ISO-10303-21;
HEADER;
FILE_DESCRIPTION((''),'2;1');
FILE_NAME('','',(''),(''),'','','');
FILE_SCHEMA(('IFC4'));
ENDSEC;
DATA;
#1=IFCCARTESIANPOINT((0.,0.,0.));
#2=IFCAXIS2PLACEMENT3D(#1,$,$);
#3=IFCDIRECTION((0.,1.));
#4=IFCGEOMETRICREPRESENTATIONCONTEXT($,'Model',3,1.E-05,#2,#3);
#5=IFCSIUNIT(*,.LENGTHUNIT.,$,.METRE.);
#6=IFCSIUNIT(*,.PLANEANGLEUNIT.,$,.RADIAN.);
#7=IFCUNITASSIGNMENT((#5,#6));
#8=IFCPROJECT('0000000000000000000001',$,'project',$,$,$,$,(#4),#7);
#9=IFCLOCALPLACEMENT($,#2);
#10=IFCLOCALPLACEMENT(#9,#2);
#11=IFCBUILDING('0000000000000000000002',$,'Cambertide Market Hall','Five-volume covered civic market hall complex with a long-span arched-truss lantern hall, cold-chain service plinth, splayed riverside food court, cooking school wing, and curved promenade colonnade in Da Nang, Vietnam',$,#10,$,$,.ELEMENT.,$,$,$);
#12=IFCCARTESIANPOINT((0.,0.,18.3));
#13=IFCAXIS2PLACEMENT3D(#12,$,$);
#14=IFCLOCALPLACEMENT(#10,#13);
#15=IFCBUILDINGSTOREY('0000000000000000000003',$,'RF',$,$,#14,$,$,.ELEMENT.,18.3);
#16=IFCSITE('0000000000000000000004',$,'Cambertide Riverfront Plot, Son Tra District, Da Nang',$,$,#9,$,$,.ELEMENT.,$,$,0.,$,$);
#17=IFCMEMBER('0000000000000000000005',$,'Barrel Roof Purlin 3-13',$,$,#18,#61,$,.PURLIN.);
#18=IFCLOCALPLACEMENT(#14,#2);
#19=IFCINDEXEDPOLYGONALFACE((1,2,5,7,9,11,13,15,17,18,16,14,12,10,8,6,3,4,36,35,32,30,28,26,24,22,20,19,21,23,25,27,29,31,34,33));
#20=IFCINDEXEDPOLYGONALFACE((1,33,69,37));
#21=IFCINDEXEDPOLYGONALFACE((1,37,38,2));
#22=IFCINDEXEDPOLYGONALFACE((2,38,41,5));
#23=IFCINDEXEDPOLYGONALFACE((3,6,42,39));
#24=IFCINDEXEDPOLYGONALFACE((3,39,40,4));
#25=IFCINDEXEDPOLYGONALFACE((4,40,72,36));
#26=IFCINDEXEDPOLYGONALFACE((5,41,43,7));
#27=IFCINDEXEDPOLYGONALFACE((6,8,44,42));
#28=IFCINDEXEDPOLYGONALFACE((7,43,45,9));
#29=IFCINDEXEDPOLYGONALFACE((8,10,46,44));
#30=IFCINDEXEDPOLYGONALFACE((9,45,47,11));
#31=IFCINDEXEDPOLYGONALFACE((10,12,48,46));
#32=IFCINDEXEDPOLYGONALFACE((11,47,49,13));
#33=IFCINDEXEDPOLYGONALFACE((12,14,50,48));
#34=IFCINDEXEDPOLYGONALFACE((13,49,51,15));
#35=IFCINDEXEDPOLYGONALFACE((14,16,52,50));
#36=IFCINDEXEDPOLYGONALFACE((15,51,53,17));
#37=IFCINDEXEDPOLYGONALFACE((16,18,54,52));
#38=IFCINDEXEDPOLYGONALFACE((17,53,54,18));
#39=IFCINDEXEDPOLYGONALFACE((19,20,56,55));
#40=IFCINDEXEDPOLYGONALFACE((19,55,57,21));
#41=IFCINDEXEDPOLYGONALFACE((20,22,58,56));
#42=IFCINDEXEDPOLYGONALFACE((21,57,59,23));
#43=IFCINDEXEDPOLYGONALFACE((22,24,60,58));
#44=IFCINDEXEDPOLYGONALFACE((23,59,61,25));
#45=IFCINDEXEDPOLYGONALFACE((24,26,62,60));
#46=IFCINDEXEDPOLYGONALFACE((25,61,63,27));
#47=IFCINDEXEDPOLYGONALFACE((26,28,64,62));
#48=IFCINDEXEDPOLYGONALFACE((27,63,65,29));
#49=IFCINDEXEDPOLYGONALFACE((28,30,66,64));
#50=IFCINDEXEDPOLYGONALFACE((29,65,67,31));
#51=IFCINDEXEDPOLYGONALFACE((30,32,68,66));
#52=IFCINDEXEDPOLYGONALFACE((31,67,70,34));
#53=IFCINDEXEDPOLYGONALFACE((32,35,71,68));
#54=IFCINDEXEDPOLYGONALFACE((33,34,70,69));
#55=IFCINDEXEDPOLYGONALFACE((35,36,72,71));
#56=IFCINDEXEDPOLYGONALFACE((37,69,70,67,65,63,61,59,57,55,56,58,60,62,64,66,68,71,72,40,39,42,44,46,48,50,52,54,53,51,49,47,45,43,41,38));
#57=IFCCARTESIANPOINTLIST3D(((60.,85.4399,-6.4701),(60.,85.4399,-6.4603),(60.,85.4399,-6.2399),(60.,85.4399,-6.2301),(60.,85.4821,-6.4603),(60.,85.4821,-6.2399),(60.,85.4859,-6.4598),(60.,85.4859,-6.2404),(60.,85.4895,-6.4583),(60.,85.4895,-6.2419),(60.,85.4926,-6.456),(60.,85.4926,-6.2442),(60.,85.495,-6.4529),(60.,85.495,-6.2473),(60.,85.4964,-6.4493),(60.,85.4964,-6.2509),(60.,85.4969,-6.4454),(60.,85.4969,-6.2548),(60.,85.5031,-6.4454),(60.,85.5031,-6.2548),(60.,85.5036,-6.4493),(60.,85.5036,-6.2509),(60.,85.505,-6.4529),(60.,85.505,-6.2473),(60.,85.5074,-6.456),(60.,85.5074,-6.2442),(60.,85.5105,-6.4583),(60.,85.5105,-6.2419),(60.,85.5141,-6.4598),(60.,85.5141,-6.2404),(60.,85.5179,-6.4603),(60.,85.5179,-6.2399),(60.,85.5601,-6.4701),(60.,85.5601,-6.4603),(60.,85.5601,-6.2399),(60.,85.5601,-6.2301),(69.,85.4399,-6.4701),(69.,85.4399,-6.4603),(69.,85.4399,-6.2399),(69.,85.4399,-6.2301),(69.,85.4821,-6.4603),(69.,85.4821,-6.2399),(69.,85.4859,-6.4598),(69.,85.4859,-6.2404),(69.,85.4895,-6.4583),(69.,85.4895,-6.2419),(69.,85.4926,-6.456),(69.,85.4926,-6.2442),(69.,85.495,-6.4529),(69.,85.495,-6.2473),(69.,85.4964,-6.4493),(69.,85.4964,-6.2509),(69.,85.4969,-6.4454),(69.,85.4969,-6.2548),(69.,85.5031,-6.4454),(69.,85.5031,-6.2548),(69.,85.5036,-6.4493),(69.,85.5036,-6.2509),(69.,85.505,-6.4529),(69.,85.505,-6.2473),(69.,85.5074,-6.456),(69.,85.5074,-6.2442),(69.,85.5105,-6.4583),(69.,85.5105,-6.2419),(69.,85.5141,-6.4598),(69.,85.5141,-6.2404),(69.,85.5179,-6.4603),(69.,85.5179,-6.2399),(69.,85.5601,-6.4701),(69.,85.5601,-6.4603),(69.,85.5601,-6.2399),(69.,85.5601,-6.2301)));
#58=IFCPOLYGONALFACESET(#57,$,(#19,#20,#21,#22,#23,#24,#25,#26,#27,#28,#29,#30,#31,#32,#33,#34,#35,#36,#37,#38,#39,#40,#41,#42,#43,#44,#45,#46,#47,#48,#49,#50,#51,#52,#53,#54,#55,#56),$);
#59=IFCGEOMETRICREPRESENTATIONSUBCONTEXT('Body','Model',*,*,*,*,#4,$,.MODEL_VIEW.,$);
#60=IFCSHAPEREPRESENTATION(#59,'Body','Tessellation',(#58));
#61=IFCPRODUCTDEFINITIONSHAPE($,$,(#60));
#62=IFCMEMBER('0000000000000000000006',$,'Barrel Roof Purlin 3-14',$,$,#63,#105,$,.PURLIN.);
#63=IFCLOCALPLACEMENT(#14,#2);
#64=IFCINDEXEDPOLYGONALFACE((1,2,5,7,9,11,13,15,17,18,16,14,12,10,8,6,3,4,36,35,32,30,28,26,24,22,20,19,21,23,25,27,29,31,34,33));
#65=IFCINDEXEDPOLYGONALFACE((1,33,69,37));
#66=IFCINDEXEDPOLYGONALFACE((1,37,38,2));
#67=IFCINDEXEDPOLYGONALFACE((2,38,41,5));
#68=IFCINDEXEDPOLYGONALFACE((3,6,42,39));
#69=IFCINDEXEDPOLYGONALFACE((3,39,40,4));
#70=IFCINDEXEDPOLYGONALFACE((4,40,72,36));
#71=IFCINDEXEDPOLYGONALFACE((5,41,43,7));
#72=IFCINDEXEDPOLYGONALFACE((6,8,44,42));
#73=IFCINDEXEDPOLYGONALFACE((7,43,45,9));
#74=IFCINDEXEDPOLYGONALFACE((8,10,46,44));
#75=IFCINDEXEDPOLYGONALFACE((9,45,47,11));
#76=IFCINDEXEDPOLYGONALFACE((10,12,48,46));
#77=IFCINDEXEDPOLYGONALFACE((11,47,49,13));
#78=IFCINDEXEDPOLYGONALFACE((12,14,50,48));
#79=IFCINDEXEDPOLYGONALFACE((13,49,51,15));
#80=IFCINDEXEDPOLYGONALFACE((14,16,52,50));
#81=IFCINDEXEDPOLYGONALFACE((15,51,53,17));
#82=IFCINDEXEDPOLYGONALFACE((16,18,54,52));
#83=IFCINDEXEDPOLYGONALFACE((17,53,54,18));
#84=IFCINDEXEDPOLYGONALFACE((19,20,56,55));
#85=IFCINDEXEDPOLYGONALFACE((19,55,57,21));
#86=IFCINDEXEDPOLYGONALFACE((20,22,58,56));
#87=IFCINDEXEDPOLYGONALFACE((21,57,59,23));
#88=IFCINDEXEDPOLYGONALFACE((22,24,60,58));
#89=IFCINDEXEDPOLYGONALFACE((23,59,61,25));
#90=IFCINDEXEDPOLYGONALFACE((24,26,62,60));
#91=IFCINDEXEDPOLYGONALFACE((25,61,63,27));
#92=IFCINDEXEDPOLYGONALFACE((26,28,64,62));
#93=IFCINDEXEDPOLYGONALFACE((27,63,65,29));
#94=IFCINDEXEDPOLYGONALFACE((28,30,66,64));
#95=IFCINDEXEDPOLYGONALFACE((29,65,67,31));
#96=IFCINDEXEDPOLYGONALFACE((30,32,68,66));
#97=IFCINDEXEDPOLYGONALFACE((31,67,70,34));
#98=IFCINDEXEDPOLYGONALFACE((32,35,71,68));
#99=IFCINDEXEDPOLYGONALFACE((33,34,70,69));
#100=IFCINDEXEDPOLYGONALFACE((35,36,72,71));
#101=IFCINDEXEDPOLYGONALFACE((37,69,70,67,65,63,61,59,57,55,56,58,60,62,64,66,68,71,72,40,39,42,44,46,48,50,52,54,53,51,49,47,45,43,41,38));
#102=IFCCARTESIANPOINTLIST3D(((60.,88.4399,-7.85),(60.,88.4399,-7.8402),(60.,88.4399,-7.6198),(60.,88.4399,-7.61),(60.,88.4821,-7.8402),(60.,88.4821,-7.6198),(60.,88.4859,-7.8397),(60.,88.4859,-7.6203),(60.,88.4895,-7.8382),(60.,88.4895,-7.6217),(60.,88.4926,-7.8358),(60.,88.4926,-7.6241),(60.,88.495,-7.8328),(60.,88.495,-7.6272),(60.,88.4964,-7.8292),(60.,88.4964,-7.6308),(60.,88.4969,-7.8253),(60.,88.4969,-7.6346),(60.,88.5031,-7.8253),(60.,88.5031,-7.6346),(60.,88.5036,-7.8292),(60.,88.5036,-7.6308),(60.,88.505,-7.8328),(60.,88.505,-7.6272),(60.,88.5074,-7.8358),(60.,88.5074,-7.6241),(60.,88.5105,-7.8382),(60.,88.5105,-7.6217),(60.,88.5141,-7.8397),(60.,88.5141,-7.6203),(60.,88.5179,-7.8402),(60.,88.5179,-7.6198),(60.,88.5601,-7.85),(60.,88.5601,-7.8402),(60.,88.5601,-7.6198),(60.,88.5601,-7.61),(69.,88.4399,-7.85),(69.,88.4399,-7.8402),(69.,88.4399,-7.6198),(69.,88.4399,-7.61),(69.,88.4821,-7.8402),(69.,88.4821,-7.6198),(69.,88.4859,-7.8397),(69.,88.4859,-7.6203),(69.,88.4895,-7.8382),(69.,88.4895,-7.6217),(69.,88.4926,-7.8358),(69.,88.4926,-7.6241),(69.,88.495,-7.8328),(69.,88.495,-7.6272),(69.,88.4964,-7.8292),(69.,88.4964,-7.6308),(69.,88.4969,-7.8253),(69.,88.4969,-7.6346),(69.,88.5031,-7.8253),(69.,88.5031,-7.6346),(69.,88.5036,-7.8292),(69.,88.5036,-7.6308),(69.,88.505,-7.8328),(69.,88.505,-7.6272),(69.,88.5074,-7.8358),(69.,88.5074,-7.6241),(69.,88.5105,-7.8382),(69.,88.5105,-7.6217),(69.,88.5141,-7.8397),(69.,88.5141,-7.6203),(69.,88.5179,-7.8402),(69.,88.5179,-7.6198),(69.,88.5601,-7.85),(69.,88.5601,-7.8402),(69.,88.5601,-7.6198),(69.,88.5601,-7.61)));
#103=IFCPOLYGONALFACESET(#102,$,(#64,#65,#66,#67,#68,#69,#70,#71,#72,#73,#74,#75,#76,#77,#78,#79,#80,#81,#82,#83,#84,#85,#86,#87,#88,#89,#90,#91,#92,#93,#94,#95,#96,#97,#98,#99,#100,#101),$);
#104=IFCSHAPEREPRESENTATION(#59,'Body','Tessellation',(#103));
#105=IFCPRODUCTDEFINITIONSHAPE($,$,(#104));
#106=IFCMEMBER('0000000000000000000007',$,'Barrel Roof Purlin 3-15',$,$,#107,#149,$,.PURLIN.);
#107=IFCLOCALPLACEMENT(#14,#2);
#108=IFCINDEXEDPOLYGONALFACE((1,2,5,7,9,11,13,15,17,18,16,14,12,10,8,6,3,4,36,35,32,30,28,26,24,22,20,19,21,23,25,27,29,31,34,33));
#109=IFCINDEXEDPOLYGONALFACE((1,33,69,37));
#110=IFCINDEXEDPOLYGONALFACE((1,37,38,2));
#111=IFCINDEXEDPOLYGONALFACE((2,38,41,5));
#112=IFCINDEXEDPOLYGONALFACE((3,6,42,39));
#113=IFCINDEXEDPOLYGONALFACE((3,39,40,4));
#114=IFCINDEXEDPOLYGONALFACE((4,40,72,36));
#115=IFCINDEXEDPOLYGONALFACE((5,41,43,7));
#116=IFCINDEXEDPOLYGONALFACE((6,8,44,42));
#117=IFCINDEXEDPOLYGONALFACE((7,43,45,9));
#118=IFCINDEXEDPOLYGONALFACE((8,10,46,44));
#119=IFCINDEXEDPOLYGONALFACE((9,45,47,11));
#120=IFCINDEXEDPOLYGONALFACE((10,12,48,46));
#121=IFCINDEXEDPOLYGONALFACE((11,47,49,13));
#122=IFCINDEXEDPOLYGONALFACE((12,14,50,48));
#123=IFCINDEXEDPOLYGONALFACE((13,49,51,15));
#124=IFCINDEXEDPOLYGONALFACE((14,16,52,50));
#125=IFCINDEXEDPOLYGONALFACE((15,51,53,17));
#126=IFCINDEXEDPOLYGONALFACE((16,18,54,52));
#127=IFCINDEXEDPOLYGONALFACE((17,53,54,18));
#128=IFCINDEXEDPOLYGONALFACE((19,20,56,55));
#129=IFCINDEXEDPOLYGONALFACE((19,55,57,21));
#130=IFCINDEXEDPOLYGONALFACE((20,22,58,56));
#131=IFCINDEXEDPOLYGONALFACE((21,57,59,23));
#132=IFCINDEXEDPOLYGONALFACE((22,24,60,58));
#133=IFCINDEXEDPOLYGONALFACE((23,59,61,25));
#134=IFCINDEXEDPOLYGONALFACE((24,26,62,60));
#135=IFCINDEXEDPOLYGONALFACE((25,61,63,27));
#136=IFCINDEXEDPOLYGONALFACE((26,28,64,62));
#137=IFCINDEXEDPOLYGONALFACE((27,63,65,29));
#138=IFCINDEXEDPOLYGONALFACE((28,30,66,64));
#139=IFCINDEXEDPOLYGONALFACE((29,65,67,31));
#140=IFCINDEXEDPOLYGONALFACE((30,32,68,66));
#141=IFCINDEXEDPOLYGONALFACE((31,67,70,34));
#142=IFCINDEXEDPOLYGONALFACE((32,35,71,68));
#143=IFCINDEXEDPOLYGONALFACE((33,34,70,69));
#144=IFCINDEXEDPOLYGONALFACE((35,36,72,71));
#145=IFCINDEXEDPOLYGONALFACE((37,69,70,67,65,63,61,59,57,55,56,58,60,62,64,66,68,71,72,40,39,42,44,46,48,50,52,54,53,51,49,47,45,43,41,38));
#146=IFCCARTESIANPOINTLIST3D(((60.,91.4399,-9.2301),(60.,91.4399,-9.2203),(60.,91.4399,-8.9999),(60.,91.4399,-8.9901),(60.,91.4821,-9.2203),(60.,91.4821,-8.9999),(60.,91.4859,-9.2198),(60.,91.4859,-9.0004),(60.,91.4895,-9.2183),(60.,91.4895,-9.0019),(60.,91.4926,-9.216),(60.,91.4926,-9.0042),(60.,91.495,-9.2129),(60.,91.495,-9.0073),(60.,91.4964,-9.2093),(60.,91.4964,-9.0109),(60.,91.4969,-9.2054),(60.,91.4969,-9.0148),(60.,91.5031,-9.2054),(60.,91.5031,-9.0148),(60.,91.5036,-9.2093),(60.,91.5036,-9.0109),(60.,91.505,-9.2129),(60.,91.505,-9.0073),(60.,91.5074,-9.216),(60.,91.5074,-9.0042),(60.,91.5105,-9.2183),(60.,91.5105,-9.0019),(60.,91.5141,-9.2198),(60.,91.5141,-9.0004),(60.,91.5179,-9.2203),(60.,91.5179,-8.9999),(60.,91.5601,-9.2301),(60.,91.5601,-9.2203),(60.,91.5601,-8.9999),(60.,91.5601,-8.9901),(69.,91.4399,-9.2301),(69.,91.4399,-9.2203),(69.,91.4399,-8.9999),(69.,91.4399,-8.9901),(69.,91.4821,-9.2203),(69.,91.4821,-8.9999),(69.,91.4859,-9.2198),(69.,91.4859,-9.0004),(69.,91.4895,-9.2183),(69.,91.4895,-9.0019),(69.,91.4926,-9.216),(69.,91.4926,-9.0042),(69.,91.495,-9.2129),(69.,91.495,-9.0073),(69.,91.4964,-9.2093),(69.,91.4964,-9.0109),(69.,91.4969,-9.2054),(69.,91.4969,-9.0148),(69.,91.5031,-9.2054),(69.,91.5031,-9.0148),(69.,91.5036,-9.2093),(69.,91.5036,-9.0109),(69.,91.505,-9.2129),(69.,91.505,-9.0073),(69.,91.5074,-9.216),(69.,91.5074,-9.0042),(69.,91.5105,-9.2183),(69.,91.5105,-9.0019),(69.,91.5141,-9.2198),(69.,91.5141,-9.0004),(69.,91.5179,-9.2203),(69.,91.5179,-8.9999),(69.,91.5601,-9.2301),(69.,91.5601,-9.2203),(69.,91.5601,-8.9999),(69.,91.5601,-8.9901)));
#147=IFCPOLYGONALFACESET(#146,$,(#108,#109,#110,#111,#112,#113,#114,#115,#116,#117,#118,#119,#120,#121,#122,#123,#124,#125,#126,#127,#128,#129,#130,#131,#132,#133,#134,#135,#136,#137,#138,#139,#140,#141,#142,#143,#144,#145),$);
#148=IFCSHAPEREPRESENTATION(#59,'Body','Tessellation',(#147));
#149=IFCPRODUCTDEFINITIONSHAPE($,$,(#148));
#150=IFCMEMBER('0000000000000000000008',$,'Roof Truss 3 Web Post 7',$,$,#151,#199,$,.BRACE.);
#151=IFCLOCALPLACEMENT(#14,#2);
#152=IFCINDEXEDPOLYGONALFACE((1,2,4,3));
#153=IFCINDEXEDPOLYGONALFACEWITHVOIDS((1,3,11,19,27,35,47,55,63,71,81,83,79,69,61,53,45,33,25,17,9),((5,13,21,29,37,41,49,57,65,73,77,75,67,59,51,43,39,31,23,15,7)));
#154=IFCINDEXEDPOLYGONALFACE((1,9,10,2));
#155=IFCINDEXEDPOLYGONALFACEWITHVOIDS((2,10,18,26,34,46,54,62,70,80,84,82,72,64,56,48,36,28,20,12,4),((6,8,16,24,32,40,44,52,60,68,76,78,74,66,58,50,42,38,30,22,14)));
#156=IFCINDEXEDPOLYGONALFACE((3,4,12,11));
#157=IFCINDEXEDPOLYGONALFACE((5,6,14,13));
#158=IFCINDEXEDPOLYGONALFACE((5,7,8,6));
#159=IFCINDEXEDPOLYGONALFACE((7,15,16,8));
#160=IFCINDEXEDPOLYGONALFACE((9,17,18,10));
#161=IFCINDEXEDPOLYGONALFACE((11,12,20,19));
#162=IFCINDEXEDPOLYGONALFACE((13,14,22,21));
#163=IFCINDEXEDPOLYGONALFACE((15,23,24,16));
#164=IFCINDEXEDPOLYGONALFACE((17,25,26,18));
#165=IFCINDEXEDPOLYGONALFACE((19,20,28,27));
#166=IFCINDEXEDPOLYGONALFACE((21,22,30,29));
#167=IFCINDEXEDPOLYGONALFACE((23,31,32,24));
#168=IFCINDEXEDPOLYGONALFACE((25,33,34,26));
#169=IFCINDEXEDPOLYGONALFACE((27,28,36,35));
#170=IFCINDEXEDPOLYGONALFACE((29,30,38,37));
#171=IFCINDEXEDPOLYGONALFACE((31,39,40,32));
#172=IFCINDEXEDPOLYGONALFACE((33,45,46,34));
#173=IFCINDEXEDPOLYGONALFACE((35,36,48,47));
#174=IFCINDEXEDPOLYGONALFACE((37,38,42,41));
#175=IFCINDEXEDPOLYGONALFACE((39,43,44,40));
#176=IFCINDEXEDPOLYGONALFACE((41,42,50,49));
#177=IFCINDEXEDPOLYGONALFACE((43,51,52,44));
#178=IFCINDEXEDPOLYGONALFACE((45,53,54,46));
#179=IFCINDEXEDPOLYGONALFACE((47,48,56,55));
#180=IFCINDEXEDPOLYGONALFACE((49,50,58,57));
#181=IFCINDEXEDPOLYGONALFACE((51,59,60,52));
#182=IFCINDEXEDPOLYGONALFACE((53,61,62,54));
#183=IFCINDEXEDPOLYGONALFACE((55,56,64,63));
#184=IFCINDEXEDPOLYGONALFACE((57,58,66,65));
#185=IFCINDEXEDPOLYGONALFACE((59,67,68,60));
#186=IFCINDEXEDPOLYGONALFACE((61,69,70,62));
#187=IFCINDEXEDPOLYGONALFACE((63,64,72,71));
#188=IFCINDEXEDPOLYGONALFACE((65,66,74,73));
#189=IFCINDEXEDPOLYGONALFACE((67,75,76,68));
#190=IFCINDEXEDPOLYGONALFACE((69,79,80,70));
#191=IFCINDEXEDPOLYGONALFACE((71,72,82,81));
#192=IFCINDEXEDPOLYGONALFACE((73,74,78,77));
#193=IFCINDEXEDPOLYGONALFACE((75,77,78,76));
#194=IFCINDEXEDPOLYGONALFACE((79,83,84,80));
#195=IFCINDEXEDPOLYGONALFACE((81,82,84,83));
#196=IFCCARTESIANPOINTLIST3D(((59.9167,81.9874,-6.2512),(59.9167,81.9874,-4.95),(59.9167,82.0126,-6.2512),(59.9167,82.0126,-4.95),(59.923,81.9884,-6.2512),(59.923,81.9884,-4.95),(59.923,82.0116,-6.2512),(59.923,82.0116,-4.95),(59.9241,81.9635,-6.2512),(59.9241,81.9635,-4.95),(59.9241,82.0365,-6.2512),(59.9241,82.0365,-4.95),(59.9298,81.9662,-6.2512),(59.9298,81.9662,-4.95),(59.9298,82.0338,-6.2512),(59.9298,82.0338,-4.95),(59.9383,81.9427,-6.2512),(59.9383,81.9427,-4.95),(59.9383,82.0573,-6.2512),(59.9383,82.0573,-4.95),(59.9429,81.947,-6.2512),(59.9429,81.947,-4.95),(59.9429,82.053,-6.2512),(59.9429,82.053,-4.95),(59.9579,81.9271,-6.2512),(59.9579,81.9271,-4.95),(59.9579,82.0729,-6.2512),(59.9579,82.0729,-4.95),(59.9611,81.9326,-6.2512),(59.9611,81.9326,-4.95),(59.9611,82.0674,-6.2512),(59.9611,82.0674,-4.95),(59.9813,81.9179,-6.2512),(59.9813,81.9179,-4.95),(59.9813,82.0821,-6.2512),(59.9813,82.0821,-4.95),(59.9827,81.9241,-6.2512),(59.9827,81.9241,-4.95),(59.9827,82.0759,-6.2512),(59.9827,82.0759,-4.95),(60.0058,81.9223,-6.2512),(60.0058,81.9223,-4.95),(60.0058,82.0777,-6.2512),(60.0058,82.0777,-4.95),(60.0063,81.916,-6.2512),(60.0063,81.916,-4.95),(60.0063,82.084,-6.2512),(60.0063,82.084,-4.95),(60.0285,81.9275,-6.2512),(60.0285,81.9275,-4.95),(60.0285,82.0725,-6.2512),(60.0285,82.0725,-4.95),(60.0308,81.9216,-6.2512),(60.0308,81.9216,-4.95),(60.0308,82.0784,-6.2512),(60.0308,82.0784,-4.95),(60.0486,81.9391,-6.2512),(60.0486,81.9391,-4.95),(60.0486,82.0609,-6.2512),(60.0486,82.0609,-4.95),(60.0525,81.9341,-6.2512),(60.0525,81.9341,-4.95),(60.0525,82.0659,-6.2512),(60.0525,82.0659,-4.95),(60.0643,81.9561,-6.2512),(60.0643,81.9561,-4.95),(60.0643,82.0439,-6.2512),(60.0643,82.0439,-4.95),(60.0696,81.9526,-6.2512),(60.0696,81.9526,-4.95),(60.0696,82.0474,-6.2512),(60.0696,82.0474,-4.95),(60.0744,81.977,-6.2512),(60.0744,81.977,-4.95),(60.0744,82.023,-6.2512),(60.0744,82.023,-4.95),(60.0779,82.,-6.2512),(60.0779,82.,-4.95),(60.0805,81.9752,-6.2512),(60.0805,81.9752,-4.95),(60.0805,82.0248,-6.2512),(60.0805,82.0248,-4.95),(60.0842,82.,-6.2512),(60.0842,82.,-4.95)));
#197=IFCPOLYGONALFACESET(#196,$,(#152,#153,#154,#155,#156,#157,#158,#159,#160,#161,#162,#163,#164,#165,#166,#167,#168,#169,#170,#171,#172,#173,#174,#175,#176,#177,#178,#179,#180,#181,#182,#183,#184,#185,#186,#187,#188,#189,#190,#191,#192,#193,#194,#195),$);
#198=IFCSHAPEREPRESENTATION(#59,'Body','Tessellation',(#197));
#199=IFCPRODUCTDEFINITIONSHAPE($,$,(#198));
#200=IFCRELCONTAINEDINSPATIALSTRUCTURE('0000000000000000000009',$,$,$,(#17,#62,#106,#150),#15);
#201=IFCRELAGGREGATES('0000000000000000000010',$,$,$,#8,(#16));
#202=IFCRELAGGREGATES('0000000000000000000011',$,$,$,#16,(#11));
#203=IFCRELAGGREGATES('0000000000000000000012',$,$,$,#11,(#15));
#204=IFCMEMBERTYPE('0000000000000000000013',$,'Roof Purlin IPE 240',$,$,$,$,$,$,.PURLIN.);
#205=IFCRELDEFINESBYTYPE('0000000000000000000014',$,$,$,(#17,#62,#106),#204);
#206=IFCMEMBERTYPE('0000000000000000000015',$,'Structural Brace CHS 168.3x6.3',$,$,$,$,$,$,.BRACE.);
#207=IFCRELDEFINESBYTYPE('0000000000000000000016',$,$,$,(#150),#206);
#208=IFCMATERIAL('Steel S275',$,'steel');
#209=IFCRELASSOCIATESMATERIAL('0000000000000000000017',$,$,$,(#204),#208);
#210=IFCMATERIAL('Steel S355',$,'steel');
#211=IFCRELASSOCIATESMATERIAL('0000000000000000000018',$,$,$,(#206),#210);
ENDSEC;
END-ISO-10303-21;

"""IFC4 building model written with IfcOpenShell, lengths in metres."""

from ifc_helpers import new_model, si_unit, direction, frame, origin, origin_2d, place, context, subcontext, project, spatial, hollow_circle, i_section, extrude, material, material_profile, profile_set, type_object, element, save


model = new_model("IFC4")

# Units and contexts
model_context = context("Model", 3, precision=1e-05, world=origin(), true_north=direction((0.0, 1.0)))
body_context = subcontext(model_context, "Body", "Model", "MODEL_VIEW")
ifc_project = project(units=[si_unit("LENGTHUNIT", "METRE"), si_unit("PLANEANGLEUNIT", "RADIAN")], contexts=[model_context])

# Site, building, storey
site_placement = place(None, origin())
site = spatial("IfcSite", under=ifc_project, at=site_placement, Name="Cambertide Riverfront Plot, Son Tra District, Da Nang", CompositionType="ELEMENT", RefElevation=0.0)
building_placement = place(site_placement, origin())
building = spatial("IfcBuilding", under=site, at=building_placement, Name="Cambertide Market Hall", Description="Five-volume covered civic market hall complex with a long-span arched-truss lantern hall, cold-chain service plinth, splayed riverside food court, cooking school wing, and curved promenade colonnade in Da Nang, Vietnam", CompositionType="ELEMENT")
storey_placement = place(building_placement, frame((0.0, 0.0, 18.3)))
storey = spatial("IfcBuildingStorey", under=building, at=storey_placement, Name="RF", CompositionType="ELEMENT", Elevation=18.3)

# Members
ifc_material_1 = material(Name="Steel S275", Category="steel")
ifc_material_profile_1 = material_profile(ifc_material_1, i_section(OverallWidth=0.1201, OverallDepth=0.24, WebThickness=0.0061, FlangeThickness=0.0098, FilletRadius=0.0149, at=origin_2d()), Name="IPE 240")
ifc_profile_set_1 = profile_set([ifc_material_profile_1], Name="Steel S275")
member_type_1 = type_object("IfcMemberType", Name="Roof Purlin IPE 240", PredefinedType="PURLIN", material=ifc_profile_set_1)
for number, where, z_axis, x_axis, name in (
    (1, (60.0, 85.5, -6.3501), (1.0, 0.0, 0.0), (0.0, 1.0, 0.0), "Barrel Roof Purlin 3-13"),
    (2, (60.0, 88.5, -7.73), (1.0, 0.0, 0.0), (0.0, 1.0, 0.0), "Barrel Roof Purlin 3-14"),
    (3, (60.0, 91.5, -9.1101), (1.0, 0.0, 0.0), (0.0, 1.0, 0.0), "Barrel Roof Purlin 3-15"),
):
    element("IfcMember", number, at=place(storey_placement, frame(where, z_axis=z_axis, x_axis=x_axis)), inside=storey, type_object=member_type_1, Name=name, PredefinedType="PURLIN", context=body_context, shape_type="SweptSolid", body=[
        extrude(i_section(OverallWidth=0.1201, OverallDepth=0.24, WebThickness=0.0061, FlangeThickness=0.0098, FilletRadius=0.0149, at=origin_2d()), origin(), (0.0, 0.0, 1.0), 9.0),
    ])
ifc_material_2 = material(Name="Steel S355", Category="steel")
ifc_material_profile_2 = material_profile(ifc_material_2, hollow_circle(Radius=0.0842, WallThickness=0.0063, at=origin_2d()), Name="CHS 168.3x6.3")
ifc_profile_set_2 = profile_set([ifc_material_profile_2], Name="Steel S355")
member_type_2 = type_object("IfcMemberType", Name="Structural Brace CHS 168.3x6.3", PredefinedType="BRACE", material=ifc_profile_set_2)
member_1_placement = place(storey_placement, frame((60.0, 82.0, -6.2512), z_axis=(0.0, 0.0, 1.0), x_axis=(1.0, 0.0, 0.0)))
element("IfcMember", 4, at=member_1_placement, inside=storey, type_object=member_type_2, Name="Roof Truss 3 Web Post 7", PredefinedType="BRACE", context=body_context, shape_type="SweptSolid", body=[
    extrude(hollow_circle(Radius=0.0842, WallThickness=0.0063, at=origin_2d()), origin(), (0.0, 0.0, 1.0), 1.3013),
])

save(model, "model.ifc")
